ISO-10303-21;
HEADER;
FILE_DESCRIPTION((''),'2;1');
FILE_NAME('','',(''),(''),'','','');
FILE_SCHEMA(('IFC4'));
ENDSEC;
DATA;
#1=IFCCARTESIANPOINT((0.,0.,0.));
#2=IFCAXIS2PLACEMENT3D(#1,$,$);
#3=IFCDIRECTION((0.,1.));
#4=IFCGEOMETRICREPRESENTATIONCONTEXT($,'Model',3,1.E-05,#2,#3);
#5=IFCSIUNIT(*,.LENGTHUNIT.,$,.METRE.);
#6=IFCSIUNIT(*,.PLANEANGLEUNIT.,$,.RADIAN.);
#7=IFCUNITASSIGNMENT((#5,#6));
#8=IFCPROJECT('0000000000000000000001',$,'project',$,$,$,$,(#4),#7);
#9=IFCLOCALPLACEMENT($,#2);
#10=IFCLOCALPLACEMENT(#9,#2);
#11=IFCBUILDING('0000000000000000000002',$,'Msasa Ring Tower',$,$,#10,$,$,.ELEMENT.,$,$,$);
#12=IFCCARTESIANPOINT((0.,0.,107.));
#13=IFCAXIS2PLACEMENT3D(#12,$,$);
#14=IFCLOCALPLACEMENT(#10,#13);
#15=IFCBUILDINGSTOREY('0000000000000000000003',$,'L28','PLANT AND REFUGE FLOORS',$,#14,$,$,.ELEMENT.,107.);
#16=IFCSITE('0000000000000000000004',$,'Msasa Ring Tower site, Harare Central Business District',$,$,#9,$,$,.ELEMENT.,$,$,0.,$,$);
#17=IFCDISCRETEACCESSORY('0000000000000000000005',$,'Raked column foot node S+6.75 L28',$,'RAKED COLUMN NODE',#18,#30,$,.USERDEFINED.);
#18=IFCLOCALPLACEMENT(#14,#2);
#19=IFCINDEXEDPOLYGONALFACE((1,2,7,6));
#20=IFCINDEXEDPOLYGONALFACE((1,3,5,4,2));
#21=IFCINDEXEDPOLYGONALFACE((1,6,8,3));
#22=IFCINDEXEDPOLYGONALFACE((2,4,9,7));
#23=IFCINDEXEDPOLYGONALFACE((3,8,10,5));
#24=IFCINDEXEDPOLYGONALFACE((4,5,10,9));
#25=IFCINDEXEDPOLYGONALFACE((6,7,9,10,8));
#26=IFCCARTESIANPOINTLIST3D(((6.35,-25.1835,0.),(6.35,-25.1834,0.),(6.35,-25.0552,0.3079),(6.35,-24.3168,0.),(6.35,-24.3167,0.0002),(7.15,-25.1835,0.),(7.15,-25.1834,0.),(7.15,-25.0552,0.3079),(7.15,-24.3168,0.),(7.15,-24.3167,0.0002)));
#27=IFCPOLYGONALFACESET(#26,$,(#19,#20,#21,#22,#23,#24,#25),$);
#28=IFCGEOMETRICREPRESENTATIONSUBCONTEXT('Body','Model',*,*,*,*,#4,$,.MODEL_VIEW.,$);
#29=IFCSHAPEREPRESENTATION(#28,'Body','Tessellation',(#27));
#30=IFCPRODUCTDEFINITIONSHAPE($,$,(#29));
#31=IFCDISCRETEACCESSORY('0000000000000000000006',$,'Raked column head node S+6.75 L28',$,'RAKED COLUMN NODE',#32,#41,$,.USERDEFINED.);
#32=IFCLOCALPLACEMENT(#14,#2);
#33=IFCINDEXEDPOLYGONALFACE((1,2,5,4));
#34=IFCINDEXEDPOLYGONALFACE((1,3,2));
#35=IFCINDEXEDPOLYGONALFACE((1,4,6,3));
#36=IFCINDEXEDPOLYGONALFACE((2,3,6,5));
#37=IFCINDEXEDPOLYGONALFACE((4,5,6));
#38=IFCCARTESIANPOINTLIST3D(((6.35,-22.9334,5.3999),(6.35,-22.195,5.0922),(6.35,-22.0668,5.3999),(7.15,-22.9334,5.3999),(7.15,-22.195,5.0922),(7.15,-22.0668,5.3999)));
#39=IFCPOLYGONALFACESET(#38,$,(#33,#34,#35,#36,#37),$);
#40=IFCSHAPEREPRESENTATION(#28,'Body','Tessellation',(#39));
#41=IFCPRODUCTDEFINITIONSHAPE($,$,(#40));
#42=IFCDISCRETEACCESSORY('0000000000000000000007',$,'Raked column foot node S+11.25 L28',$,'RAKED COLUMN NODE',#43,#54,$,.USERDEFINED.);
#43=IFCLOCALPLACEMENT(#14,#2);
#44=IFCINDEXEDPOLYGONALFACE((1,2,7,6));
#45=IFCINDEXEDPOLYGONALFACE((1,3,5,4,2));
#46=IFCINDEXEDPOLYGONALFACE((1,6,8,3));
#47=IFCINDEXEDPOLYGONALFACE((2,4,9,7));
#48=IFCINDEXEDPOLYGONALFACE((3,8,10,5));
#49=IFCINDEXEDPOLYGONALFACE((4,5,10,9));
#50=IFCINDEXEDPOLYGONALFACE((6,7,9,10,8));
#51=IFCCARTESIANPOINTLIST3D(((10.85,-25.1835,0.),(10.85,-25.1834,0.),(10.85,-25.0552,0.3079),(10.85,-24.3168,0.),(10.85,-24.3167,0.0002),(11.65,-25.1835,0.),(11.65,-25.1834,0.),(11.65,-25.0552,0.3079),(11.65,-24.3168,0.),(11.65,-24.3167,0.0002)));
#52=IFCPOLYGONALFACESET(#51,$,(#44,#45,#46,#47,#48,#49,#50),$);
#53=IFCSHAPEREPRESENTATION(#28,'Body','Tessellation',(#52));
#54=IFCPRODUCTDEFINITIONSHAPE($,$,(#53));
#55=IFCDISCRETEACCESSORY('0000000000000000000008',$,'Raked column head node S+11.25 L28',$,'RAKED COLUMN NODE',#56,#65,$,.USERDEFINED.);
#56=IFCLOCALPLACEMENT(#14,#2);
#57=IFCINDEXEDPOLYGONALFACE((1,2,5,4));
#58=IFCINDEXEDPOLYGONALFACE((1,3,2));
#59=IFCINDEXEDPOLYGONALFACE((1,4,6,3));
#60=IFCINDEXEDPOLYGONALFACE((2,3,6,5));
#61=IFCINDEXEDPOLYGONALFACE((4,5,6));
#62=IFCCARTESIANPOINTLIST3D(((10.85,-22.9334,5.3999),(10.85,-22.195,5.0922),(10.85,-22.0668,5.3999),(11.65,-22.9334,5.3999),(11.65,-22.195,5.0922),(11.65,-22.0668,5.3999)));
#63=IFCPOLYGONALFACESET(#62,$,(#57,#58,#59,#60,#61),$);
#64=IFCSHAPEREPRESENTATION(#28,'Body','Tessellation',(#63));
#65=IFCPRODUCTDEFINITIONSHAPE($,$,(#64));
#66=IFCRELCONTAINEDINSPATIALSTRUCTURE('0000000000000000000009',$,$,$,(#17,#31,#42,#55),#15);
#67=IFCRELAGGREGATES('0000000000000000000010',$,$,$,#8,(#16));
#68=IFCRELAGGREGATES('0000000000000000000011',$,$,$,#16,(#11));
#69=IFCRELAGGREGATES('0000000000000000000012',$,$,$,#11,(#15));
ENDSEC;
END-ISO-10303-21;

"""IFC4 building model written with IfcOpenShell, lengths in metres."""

from ifc_helpers import new_model, si_unit, direction, frame, origin, origin_2d, place, context, subcontext, project, spatial, rectangle, extrude, clip, halfspace, element, save


model = new_model("IFC4")

# Units and contexts
model_context = context("Model", 3, precision=1e-05, world=origin(), true_north=direction((0.0, 1.0)))
body_context = subcontext(model_context, "Body", "Model", "MODEL_VIEW")
ifc_project = project(units=[si_unit("LENGTHUNIT", "METRE"), si_unit("PLANEANGLEUNIT", "RADIAN")], contexts=[model_context])

# Site, building, storey
site_placement = place(None, origin())
site = spatial("IfcSite", under=ifc_project, at=site_placement, Name="Msasa Ring Tower site, Harare Central Business District", CompositionType="ELEMENT", RefElevation=0.0)
building_placement = place(site_placement, origin())
building = spatial("IfcBuilding", under=site, at=building_placement, Name="Msasa Ring Tower", CompositionType="ELEMENT")
storey_placement = place(building_placement, frame((0.0, 0.0, 107.0)))
storey = spatial("IfcBuildingStorey", under=building, at=storey_placement, Name="L28", Description="PLANT AND REFUGE FLOORS", CompositionType="ELEMENT", Elevation=107.0)

# Discrete accessories
discrete_accessory_1_placement = place(storey_placement, frame((6.75, -24.75, 0.0)))
element("IfcDiscreteAccessory", 1, at=discrete_accessory_1_placement, inside=storey, Name="Raked column foot node S+6.75 L28", ObjectType="RAKED COLUMN NODE", PredefinedType="USERDEFINED", context=body_context, shape_type="Clipping", body=[
    clip(extrude(rectangle(XDim=0.8, YDim=0.8, at=origin_2d()), frame((0.0, -0.0642, -0.1538), z_axis=(0.0, 0.384615, 0.923077), x_axis=(0.0, -0.923077, 0.384615)), (0.0, 0.0, 1.0), 0.3335), halfspace(frame((0.0, 0.0, 0.0), z_axis=(0.0, 0.0, 1.0)), True)),
])
discrete_accessory_2_placement = place(storey_placement, frame((6.75, -22.5, 5.3999)))
element("IfcDiscreteAccessory", 2, at=discrete_accessory_2_placement, inside=storey, Name="Raked column head node S+6.75 L28", ObjectType="RAKED COLUMN NODE", PredefinedType="USERDEFINED", context=body_context, shape_type="Clipping", body=[
    clip(extrude(rectangle(XDim=0.8, YDim=0.8, at=origin_2d()), frame((0.0, -0.0642, -0.1538), z_axis=(0.0, 0.384615, 0.923077), x_axis=(0.0, -0.923077, 0.384615)), (0.0, 0.0, 1.0), 0.3335), halfspace(frame((0.0, 0.0, 0.0), z_axis=(0.0, 0.0, -1.0)), True)),
])
discrete_accessory_3_placement = place(storey_placement, frame((11.25, -24.75, 0.0)))
element("IfcDiscreteAccessory", 3, at=discrete_accessory_3_placement, inside=storey, Name="Raked column foot node S+11.25 L28", ObjectType="RAKED COLUMN NODE", PredefinedType="USERDEFINED", context=body_context, shape_type="Clipping", body=[
    clip(extrude(rectangle(XDim=0.8, YDim=0.8, at=origin_2d()), frame((0.0, -0.0642, -0.1538), z_axis=(0.0, 0.384615, 0.923077), x_axis=(0.0, -0.923077, 0.384615)), (0.0, 0.0, 1.0), 0.3335), halfspace(frame((0.0, 0.0, 0.0), z_axis=(0.0, 0.0, 1.0)), True)),
])
discrete_accessory_4_placement = place(storey_placement, frame((11.25, -22.5, 5.3999)))
element("IfcDiscreteAccessory", 4, at=discrete_accessory_4_placement, inside=storey, Name="Raked column head node S+11.25 L28", ObjectType="RAKED COLUMN NODE", PredefinedType="USERDEFINED", context=body_context, shape_type="Clipping", body=[
    clip(extrude(rectangle(XDim=0.8, YDim=0.8, at=origin_2d()), frame((0.0, -0.0642, -0.1538), z_axis=(0.0, 0.384615, 0.923077), x_axis=(0.0, -0.923077, 0.384615)), (0.0, 0.0, 1.0), 0.3335), halfspace(frame((0.0, 0.0, 0.0), z_axis=(0.0, 0.0, -1.0)), True)),
])

save(model, "model.ifc")
